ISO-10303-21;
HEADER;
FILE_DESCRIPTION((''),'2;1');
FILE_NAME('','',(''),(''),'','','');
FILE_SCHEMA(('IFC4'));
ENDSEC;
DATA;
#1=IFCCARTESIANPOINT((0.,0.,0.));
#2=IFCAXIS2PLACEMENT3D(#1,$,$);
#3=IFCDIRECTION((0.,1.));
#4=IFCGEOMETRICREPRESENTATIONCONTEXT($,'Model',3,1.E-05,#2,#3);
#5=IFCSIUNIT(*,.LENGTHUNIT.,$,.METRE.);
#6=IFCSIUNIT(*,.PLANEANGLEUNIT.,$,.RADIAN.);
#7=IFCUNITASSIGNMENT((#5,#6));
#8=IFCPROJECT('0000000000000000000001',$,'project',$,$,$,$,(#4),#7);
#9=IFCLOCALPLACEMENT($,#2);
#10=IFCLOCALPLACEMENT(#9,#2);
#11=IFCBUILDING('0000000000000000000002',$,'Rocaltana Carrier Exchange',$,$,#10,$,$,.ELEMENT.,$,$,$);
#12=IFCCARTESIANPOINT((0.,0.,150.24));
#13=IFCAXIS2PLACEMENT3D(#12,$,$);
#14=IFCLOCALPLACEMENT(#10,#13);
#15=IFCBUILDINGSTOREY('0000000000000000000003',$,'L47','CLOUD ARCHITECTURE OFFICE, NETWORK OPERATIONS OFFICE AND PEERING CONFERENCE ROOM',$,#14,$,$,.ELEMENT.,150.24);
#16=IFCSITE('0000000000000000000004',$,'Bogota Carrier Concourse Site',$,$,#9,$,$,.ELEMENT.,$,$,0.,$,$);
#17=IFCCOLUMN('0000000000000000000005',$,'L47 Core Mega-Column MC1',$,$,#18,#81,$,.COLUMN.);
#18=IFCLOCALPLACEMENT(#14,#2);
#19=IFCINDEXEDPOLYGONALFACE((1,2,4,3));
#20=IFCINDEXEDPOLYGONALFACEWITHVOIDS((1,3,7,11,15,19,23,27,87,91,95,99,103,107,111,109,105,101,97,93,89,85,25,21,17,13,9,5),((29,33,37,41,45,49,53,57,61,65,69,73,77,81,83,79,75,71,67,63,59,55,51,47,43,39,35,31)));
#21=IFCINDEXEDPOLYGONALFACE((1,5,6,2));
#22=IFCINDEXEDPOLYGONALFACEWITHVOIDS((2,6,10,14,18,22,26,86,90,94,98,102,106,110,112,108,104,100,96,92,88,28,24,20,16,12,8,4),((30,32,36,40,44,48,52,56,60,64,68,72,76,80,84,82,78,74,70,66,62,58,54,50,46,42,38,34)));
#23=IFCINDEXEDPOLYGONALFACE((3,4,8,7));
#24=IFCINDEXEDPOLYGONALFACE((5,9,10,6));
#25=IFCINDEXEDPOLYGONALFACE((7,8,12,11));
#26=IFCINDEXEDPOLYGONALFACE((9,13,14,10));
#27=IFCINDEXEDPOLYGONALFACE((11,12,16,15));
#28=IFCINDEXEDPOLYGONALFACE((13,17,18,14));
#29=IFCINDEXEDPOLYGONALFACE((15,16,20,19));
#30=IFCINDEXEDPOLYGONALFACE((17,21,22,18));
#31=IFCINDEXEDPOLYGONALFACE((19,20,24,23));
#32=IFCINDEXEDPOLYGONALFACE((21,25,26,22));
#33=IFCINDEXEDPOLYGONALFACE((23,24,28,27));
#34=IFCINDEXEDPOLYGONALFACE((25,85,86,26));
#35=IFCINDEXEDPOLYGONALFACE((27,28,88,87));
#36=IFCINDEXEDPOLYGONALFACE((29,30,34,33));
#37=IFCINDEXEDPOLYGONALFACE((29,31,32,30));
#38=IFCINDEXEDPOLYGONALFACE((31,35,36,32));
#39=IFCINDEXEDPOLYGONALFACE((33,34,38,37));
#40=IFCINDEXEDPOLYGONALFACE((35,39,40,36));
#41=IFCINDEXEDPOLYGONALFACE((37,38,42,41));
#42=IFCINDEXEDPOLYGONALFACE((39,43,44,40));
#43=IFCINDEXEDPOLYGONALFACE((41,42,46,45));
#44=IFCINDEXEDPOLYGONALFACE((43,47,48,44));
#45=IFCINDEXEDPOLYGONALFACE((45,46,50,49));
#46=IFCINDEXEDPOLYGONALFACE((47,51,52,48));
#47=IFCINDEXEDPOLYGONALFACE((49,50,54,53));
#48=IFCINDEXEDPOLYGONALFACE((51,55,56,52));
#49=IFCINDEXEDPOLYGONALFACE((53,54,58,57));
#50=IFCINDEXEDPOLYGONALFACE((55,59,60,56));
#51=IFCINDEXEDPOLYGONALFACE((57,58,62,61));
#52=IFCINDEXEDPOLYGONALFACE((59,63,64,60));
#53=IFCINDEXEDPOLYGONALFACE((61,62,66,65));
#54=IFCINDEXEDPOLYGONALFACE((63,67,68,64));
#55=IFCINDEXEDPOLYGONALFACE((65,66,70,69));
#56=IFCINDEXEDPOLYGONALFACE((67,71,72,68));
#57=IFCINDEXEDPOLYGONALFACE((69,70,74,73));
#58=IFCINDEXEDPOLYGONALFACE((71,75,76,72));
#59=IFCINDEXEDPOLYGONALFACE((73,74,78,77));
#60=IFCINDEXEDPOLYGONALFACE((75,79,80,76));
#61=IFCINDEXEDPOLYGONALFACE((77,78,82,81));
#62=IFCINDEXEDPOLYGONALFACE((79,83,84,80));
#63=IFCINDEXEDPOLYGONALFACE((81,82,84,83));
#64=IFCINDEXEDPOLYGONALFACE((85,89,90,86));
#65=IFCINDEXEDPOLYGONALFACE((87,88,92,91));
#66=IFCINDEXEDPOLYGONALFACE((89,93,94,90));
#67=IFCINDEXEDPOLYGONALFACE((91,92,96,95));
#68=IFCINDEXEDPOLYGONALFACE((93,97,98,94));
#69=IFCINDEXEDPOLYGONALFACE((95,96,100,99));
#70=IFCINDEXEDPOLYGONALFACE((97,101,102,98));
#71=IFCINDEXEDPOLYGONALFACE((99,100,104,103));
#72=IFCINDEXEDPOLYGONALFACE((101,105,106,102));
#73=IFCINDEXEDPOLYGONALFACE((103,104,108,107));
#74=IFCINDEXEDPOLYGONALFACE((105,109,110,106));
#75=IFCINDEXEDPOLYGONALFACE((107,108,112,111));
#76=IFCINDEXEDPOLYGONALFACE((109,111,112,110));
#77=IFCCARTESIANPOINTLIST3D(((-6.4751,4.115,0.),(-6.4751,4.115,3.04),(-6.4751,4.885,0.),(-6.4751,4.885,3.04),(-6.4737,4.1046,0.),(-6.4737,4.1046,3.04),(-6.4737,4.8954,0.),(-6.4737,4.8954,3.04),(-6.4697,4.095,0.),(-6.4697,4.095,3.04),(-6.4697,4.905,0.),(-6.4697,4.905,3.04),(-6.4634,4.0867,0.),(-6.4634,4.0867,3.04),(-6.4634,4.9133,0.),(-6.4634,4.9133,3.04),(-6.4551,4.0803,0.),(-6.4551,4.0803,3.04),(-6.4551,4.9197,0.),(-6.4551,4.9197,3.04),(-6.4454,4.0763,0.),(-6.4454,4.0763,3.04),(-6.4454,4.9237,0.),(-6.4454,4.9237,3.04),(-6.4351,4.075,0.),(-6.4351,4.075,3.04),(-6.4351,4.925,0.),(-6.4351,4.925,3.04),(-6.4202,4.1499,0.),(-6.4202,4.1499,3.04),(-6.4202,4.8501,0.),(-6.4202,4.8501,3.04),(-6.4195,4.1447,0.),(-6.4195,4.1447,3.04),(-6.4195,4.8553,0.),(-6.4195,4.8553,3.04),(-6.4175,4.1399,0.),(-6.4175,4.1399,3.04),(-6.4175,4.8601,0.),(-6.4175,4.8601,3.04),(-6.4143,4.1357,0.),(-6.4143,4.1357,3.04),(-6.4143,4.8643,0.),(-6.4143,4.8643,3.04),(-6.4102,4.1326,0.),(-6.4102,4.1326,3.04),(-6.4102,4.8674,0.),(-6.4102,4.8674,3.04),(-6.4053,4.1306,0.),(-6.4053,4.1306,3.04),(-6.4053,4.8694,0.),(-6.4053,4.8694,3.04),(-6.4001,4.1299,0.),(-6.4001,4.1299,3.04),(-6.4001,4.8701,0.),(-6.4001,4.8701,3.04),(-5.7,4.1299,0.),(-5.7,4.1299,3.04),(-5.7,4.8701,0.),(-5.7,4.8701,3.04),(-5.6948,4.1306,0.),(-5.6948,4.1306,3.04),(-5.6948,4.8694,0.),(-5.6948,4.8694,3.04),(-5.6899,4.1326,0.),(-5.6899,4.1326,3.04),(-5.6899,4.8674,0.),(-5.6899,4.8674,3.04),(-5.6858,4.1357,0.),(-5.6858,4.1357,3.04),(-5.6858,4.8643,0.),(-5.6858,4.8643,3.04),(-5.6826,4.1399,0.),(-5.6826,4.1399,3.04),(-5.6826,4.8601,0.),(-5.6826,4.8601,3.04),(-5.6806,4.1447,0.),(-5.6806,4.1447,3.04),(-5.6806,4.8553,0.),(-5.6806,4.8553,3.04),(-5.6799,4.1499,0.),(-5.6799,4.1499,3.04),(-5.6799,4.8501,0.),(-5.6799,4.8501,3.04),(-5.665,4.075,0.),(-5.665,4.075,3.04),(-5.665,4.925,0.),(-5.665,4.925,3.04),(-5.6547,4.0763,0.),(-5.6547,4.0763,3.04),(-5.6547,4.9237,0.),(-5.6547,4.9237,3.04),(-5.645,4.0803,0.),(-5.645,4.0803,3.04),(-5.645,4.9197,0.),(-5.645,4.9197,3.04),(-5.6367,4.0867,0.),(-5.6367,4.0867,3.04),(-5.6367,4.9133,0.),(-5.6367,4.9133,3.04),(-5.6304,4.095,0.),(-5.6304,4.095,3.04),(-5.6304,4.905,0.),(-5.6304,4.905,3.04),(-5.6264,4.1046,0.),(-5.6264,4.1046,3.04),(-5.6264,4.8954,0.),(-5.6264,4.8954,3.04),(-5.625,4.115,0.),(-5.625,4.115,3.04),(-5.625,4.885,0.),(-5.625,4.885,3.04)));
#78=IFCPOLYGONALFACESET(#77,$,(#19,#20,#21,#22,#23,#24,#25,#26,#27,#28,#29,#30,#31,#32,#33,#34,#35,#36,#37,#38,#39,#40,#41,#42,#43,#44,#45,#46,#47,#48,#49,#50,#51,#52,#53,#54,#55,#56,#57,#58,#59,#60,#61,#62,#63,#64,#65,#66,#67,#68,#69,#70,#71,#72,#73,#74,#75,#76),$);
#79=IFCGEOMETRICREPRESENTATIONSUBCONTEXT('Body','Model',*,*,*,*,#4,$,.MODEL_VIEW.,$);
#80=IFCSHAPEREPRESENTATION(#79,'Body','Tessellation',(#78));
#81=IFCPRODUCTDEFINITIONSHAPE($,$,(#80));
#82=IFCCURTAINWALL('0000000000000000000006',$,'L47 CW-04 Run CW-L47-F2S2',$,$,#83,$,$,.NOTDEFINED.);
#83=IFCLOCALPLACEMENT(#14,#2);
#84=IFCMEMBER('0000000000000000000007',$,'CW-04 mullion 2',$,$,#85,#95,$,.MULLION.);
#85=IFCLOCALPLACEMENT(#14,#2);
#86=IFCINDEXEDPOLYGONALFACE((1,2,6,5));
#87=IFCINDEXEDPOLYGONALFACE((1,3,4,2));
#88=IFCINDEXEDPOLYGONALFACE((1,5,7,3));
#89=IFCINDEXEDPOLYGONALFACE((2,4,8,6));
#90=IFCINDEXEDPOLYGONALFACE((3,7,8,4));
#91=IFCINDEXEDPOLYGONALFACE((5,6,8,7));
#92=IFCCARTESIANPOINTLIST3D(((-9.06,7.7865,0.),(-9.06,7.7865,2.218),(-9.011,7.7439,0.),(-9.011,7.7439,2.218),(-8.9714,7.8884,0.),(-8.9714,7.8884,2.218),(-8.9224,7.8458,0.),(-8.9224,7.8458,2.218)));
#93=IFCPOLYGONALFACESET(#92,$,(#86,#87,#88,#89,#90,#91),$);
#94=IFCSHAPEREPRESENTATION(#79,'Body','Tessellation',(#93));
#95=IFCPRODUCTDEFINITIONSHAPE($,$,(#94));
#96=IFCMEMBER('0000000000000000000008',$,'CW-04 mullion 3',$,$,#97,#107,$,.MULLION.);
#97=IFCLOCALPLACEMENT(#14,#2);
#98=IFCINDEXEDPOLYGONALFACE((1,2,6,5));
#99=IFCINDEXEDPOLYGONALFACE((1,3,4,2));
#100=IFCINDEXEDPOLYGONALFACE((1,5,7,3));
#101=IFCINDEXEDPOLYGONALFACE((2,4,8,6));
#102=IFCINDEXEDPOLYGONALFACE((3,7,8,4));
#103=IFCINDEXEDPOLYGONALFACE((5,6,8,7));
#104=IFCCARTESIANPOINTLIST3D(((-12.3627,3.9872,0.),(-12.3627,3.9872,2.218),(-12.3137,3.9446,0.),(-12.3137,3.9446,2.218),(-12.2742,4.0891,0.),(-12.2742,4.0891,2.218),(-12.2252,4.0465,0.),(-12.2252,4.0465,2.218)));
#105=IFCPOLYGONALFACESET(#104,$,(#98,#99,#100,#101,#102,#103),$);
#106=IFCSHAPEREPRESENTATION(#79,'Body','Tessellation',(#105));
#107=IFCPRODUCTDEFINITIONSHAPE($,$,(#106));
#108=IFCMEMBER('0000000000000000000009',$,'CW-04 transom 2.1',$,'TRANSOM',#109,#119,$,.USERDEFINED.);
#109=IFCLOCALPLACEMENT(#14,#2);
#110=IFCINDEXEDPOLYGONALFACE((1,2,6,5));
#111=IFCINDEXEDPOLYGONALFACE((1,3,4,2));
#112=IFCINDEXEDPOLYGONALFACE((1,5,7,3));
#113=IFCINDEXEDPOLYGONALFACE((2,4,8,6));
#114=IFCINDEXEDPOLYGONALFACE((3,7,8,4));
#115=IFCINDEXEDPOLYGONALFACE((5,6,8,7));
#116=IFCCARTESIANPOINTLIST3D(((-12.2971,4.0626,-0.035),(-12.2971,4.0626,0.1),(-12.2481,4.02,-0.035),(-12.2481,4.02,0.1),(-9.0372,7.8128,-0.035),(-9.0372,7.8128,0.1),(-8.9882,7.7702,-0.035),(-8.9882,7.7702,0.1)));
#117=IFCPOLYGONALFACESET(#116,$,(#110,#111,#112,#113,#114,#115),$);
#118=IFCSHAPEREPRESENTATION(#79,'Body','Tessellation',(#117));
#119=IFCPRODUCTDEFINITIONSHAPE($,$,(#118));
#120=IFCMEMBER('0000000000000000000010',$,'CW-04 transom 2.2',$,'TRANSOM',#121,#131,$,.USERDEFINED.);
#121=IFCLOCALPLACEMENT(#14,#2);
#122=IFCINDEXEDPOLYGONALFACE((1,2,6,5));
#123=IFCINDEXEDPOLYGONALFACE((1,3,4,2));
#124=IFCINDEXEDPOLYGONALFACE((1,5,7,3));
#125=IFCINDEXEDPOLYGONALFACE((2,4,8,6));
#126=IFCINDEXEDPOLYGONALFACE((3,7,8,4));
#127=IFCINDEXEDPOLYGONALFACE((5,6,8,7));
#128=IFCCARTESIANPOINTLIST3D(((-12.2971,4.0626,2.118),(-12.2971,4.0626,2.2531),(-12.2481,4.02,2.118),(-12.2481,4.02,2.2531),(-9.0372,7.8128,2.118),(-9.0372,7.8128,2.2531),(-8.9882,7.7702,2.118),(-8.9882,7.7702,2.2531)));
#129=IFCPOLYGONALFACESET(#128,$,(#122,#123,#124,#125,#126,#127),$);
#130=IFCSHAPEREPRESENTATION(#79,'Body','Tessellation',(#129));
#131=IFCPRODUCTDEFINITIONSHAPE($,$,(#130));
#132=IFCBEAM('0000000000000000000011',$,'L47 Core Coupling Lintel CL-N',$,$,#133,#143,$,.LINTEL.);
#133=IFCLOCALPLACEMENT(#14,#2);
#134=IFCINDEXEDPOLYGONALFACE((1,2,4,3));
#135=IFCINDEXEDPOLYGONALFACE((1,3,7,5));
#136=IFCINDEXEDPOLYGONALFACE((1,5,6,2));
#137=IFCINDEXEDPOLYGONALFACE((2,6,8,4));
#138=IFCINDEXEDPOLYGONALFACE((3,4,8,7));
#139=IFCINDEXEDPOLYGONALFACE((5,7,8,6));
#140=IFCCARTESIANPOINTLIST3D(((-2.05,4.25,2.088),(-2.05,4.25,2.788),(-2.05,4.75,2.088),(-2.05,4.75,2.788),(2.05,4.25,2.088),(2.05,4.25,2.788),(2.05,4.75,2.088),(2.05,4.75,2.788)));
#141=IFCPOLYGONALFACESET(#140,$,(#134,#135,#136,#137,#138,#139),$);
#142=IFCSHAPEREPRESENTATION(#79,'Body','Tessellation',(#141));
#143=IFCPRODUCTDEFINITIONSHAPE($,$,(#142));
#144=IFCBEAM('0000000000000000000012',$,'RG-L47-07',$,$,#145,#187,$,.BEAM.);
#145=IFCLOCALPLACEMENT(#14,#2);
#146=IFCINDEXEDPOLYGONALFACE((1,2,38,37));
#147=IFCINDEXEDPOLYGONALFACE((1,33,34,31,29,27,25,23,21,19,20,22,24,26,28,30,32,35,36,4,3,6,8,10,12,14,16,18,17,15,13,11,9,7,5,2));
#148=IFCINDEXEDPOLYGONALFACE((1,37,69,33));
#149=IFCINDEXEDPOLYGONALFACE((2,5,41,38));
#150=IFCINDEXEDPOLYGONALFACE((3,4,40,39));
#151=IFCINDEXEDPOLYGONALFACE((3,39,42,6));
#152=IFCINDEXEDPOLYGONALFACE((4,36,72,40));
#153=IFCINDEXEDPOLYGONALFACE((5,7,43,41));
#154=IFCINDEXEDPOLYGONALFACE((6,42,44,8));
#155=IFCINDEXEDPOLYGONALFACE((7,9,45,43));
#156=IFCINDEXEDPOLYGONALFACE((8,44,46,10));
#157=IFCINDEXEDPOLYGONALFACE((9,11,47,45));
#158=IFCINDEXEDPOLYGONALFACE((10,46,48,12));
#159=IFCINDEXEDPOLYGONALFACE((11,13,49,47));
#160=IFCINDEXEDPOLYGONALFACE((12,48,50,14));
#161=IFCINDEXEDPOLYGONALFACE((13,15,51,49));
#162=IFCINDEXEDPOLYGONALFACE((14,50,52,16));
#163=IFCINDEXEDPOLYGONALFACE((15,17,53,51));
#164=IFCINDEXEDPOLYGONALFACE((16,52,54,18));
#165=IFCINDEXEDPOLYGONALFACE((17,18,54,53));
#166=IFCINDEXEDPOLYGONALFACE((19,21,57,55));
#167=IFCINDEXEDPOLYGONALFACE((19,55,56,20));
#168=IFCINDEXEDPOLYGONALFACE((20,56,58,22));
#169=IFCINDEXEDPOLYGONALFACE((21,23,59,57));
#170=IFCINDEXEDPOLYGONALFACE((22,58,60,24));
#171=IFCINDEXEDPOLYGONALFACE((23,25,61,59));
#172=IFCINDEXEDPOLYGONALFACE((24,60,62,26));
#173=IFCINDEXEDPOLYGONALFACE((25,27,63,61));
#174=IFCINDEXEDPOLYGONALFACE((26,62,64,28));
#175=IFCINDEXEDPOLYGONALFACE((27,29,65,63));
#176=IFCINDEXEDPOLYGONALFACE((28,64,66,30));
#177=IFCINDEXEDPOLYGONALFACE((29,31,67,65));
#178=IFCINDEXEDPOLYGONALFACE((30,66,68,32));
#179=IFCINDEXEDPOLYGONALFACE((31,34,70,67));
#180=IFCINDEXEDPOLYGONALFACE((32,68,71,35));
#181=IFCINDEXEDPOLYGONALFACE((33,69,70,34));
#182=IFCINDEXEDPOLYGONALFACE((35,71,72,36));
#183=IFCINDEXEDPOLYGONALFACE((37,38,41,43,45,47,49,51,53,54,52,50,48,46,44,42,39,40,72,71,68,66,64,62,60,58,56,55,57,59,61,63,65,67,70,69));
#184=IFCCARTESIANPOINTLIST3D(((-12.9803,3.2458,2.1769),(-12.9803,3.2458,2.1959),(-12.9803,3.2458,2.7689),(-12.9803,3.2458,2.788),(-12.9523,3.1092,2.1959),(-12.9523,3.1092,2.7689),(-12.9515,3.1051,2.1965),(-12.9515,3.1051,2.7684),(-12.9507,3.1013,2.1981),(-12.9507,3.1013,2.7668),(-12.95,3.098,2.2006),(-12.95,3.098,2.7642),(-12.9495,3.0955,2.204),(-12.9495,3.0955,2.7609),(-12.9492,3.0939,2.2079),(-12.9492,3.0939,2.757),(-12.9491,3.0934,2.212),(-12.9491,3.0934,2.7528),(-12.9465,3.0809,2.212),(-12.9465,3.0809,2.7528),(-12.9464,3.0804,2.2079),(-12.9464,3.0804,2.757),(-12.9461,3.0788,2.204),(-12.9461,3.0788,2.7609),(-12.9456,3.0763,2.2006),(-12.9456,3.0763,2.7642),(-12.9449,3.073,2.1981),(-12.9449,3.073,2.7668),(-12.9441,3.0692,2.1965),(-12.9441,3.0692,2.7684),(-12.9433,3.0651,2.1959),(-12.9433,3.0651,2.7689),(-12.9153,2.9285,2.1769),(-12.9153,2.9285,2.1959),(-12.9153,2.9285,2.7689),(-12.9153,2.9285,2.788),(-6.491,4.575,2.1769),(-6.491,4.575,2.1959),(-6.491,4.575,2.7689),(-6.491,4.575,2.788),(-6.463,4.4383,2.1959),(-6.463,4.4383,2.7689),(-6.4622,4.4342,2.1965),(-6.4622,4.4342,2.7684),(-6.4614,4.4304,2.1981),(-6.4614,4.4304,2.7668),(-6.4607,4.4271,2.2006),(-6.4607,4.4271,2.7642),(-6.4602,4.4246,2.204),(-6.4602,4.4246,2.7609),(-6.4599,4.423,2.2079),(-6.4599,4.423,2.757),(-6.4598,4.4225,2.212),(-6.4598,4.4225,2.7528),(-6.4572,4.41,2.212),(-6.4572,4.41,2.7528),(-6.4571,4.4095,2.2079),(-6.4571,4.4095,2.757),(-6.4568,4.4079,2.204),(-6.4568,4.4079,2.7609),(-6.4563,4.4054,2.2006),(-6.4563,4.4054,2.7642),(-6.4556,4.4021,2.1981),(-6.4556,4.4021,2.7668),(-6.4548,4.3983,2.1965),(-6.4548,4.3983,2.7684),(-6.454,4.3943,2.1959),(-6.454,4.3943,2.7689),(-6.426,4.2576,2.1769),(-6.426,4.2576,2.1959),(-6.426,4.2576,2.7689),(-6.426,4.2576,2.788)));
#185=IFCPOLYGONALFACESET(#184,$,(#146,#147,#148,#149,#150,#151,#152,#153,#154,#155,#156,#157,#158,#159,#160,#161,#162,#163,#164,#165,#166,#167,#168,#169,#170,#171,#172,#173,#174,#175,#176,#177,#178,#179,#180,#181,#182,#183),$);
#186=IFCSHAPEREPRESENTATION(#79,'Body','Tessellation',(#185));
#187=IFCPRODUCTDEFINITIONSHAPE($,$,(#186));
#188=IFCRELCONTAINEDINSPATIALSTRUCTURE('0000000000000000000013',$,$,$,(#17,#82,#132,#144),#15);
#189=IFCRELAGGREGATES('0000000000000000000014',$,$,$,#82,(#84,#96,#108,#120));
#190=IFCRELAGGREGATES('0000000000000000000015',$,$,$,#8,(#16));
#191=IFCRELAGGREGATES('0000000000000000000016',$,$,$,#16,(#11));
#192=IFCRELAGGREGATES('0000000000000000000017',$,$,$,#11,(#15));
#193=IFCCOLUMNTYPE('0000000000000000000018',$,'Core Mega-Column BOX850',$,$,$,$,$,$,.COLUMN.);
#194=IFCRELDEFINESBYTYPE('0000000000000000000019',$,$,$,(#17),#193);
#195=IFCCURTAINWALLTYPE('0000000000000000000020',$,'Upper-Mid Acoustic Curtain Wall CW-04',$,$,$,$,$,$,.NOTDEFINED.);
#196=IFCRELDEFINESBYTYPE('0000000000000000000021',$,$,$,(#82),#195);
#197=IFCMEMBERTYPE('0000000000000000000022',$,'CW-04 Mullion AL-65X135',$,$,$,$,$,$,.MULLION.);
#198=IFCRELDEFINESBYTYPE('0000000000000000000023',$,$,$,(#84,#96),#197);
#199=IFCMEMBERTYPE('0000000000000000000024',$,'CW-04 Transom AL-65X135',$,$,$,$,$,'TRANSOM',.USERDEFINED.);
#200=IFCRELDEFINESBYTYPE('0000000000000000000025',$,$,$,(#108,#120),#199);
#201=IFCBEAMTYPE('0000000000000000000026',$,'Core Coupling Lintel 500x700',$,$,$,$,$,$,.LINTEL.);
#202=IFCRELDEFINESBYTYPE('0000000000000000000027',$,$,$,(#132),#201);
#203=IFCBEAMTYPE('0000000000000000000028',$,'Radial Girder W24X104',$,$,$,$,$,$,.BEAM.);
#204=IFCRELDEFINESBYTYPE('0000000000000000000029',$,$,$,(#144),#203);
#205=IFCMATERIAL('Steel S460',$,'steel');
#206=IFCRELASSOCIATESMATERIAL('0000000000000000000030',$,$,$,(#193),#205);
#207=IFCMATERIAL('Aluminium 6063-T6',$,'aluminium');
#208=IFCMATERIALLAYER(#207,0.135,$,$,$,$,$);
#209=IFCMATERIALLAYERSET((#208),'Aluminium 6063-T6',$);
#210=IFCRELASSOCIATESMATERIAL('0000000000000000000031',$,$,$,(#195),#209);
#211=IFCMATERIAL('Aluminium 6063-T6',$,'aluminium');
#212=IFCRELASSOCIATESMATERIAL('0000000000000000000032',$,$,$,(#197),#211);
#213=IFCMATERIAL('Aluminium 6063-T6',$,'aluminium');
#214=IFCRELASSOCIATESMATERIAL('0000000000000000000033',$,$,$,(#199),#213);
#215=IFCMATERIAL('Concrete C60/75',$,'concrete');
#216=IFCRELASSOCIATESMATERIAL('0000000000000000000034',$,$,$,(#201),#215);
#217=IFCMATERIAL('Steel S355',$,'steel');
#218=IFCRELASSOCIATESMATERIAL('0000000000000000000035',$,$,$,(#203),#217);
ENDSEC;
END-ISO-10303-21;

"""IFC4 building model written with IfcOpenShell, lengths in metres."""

from ifc_helpers import new_model, si_unit, direction, frame, origin, origin_2d, place, context, subcontext, project, spatial, rectangle, hollow_rectangle, i_section, extrude, material, layer, layer_set, material_profile, profile_set, type_object, element, aggregate, save


model = new_model("IFC4")

# Units and contexts
model_context = context("Model", 3, precision=1e-05, world=origin(), true_north=direction((0.0, 1.0)))
body_context = subcontext(model_context, "Body", "Model", "MODEL_VIEW")
ifc_project = project(units=[si_unit("LENGTHUNIT", "METRE"), si_unit("PLANEANGLEUNIT", "RADIAN")], contexts=[model_context])

# Site, building, storey
site_placement = place(None, origin())
site = spatial("IfcSite", under=ifc_project, at=site_placement, Name="Bogota Carrier Concourse Site", CompositionType="ELEMENT", RefElevation=0.0)
building_placement = place(site_placement, origin())
building = spatial("IfcBuilding", under=site, at=building_placement, Name="Rocaltana Carrier Exchange", CompositionType="ELEMENT")
storey_placement = place(building_placement, frame((0.0, 0.0, 150.24)))
storey = spatial("IfcBuildingStorey", under=building, at=storey_placement, Name="L47", Description="CLOUD ARCHITECTURE OFFICE, NETWORK OPERATIONS OFFICE AND PEERING CONFERENCE ROOM", CompositionType="ELEMENT", Elevation=150.24)

# Column
ifc_material_1 = material(Name="Steel S460", Category="steel")
ifc_material_profile_1 = material_profile(ifc_material_1, hollow_rectangle(XDim=0.8501, YDim=0.8501, WallThickness=0.0549, InnerFilletRadius=0.02, OuterFilletRadius=0.04, at=origin_2d()), Name="BOX850X850X55")
ifc_profile_set_1 = profile_set([ifc_material_profile_1], Name="Steel S460")
column_type = type_object("IfcColumnType", Name="Core Mega-Column BOX850", PredefinedType="COLUMN", material=ifc_profile_set_1)
column_placement = place(storey_placement, frame((-6.05, 4.5, 0.0), z_axis=(0.0, 0.0, 1.0), x_axis=(1.0, 0.0, 0.0)))
element("IfcColumn", 1, at=column_placement, inside=storey, type_object=column_type, Name="L47 Core Mega-Column MC1", PredefinedType="COLUMN", context=body_context, shape_type="SweptSolid", body=[
    extrude(hollow_rectangle(XDim=0.8501, YDim=0.8501, WallThickness=0.0549, InnerFilletRadius=0.02, OuterFilletRadius=0.04, at=origin_2d()), origin(), (0.0, 0.0, 1.0), 3.04),
])

# Curtain wall, members
ifc_material_2 = material(Name="Aluminium 6063-T6", Category="aluminium")
ifc_layer_1 = layer(ifc_material_2, 0.135)
ifc_layer_set_1 = layer_set([ifc_layer_1], Name="Aluminium 6063-T6")
curtain_wall_type = type_object("IfcCurtainWallType", Name="Upper-Mid Acoustic Curtain Wall CW-04", PredefinedType="NOTDEFINED", material=ifc_layer_set_1)
curtain_wall_placement = place(storey_placement, origin())
curtain_wall = element("IfcCurtainWall", 2, at=curtain_wall_placement, inside=storey, type_object=curtain_wall_type, Name="L47 CW-04 Run CW-L47-F2S2", PredefinedType="NOTDEFINED")
ifc_material_3 = material(Name="Aluminium 6063-T6", Category="aluminium")
ifc_material_profile_2 = material_profile(ifc_material_3, rectangle(XDim=0.0649, YDim=0.135, at=origin_2d()), Name="AL-65X135")
ifc_profile_set_2 = profile_set([ifc_material_profile_2], Name="Aluminium 6063-T6")
member_type_1 = type_object("IfcMemberType", Name="CW-04 Mullion AL-65X135", PredefinedType="MULLION", material=ifc_profile_set_2)
member_1_placement = place(storey_placement, frame((-8.9912, 7.8162, 0.0), z_axis=(0.0, 0.0, 1.0), x_axis=(0.754712, -0.656057, 0.0)))
member_1 = element("IfcMember", 3, at=member_1_placement, type_object=member_type_1, Name="CW-04 mullion 2", PredefinedType="MULLION", context=body_context, shape_type="SweptSolid", body=[
    extrude(rectangle(XDim=0.0649, YDim=0.135, at=origin_2d()), origin(), (0.0, 0.0, 1.0), 2.218),
])
member_2_placement = place(storey_placement, frame((-12.2939, 4.0168, 0.0), z_axis=(0.0, 0.0, 1.0), x_axis=(0.754712, -0.656057, 0.0)))
member_2 = element("IfcMember", 4, at=member_2_placement, type_object=member_type_1, Name="CW-04 mullion 3", PredefinedType="MULLION", context=body_context, shape_type="SweptSolid", body=[
    extrude(rectangle(XDim=0.0649, YDim=0.135, at=origin_2d()), origin(), (0.0, 0.0, 1.0), 2.218),
])
ifc_material_4 = material(Name="Aluminium 6063-T6", Category="aluminium")
ifc_material_profile_3 = material_profile(ifc_material_4, rectangle(XDim=0.0649, YDim=0.135, at=origin_2d()), Name="AL-65X135")
ifc_profile_set_3 = profile_set([ifc_material_profile_3], Name="Aluminium 6063-T6")
member_type_2 = type_object("IfcMemberType", Name="CW-04 Transom AL-65X135", ElementType="TRANSOM", PredefinedType="USERDEFINED", material=ifc_profile_set_3)
member_3_placement = place(storey_placement, frame((-9.0127, 7.7915, 0.0325), z_axis=(-0.656056, -0.754712, 0.0), x_axis=(0.754712, -0.656056, 0.0)))
member_3 = element("IfcMember", 5, at=member_3_placement, type_object=member_type_2, Name="CW-04 transom 2.1", ObjectType="TRANSOM", PredefinedType="USERDEFINED", context=body_context, shape_type="SweptSolid", body=[
    extrude(rectangle(XDim=0.0649, YDim=0.135, at=origin_2d()), origin(), (0.0, 0.0, 1.0), 4.969),
])
member_4_placement = place(storey_placement, frame((-9.0127, 7.7915, 2.1855), z_axis=(-0.656056, -0.754712, 0.0), x_axis=(0.754712, -0.656056, 0.0)))
member_4 = element("IfcMember", 6, at=member_4_placement, type_object=member_type_2, Name="CW-04 transom 2.2", ObjectType="TRANSOM", PredefinedType="USERDEFINED", context=body_context, shape_type="SweptSolid", body=[
    extrude(rectangle(XDim=0.0649, YDim=0.135, at=origin_2d()), origin(), (0.0, 0.0, 1.0), 4.969),
])

# Beams
ifc_material_5 = material(Name="Concrete C60/75", Category="concrete")
ifc_material_profile_4 = material_profile(ifc_material_5, rectangle(XDim=0.5, YDim=0.7, at=origin_2d()), Name="RC-BM-500X700")
ifc_profile_set_4 = profile_set([ifc_material_profile_4], Name="Concrete C60/75")
beam_type_1 = type_object("IfcBeamType", Name="Core Coupling Lintel 500x700", PredefinedType="LINTEL", material=ifc_profile_set_4)
beam_1_placement = place(storey_placement, frame((-2.05, 4.5, 2.438), z_axis=(1.0, 0.0, 0.0), x_axis=(0.0, 1.0, 0.0)))
element("IfcBeam", 7, at=beam_1_placement, inside=storey, type_object=beam_type_1, Name="L47 Core Coupling Lintel CL-N", PredefinedType="LINTEL", context=body_context, shape_type="SweptSolid", body=[
    extrude(rectangle(XDim=0.5, YDim=0.7, at=origin_2d()), origin(), (0.0, 0.0, 1.0), 4.1001),
])
ifc_material_6 = material(Name="Steel S355", Category="steel")
ifc_material_profile_5 = material_profile(ifc_material_6, i_section(OverallWidth=0.324, OverallDepth=0.6111, WebThickness=0.0127, FlangeThickness=0.019, FilletRadius=0.0161, at=origin_2d()), Name="W24X104")
ifc_profile_set_5 = profile_set([ifc_material_profile_5], Name="Steel S355")
beam_type_2 = type_object("IfcBeamType", Name="Radial Girder W24X104", PredefinedType="BEAM", material=ifc_profile_set_5)
beam_2_placement = place(storey_placement, frame((-6.4585, 4.4163, 2.4824), z_axis=(-0.979663, -0.20065, 0.0), x_axis=(0.20065, -0.979663, 0.0)))
element("IfcBeam", 8, at=beam_2_placement, inside=storey, type_object=beam_type_2, Name="RG-L47-07", PredefinedType="BEAM", context=body_context, shape_type="SweptSolid", body=[
    extrude(i_section(OverallWidth=0.324, OverallDepth=0.6111, WebThickness=0.0127, FlangeThickness=0.019, FilletRadius=0.0161, at=origin_2d()), origin(), (0.0, 0.0, 1.0), 6.624),
])

aggregate(curtain_wall, [member_1, member_2, member_3, member_4])

save(model, "model.ifc")
